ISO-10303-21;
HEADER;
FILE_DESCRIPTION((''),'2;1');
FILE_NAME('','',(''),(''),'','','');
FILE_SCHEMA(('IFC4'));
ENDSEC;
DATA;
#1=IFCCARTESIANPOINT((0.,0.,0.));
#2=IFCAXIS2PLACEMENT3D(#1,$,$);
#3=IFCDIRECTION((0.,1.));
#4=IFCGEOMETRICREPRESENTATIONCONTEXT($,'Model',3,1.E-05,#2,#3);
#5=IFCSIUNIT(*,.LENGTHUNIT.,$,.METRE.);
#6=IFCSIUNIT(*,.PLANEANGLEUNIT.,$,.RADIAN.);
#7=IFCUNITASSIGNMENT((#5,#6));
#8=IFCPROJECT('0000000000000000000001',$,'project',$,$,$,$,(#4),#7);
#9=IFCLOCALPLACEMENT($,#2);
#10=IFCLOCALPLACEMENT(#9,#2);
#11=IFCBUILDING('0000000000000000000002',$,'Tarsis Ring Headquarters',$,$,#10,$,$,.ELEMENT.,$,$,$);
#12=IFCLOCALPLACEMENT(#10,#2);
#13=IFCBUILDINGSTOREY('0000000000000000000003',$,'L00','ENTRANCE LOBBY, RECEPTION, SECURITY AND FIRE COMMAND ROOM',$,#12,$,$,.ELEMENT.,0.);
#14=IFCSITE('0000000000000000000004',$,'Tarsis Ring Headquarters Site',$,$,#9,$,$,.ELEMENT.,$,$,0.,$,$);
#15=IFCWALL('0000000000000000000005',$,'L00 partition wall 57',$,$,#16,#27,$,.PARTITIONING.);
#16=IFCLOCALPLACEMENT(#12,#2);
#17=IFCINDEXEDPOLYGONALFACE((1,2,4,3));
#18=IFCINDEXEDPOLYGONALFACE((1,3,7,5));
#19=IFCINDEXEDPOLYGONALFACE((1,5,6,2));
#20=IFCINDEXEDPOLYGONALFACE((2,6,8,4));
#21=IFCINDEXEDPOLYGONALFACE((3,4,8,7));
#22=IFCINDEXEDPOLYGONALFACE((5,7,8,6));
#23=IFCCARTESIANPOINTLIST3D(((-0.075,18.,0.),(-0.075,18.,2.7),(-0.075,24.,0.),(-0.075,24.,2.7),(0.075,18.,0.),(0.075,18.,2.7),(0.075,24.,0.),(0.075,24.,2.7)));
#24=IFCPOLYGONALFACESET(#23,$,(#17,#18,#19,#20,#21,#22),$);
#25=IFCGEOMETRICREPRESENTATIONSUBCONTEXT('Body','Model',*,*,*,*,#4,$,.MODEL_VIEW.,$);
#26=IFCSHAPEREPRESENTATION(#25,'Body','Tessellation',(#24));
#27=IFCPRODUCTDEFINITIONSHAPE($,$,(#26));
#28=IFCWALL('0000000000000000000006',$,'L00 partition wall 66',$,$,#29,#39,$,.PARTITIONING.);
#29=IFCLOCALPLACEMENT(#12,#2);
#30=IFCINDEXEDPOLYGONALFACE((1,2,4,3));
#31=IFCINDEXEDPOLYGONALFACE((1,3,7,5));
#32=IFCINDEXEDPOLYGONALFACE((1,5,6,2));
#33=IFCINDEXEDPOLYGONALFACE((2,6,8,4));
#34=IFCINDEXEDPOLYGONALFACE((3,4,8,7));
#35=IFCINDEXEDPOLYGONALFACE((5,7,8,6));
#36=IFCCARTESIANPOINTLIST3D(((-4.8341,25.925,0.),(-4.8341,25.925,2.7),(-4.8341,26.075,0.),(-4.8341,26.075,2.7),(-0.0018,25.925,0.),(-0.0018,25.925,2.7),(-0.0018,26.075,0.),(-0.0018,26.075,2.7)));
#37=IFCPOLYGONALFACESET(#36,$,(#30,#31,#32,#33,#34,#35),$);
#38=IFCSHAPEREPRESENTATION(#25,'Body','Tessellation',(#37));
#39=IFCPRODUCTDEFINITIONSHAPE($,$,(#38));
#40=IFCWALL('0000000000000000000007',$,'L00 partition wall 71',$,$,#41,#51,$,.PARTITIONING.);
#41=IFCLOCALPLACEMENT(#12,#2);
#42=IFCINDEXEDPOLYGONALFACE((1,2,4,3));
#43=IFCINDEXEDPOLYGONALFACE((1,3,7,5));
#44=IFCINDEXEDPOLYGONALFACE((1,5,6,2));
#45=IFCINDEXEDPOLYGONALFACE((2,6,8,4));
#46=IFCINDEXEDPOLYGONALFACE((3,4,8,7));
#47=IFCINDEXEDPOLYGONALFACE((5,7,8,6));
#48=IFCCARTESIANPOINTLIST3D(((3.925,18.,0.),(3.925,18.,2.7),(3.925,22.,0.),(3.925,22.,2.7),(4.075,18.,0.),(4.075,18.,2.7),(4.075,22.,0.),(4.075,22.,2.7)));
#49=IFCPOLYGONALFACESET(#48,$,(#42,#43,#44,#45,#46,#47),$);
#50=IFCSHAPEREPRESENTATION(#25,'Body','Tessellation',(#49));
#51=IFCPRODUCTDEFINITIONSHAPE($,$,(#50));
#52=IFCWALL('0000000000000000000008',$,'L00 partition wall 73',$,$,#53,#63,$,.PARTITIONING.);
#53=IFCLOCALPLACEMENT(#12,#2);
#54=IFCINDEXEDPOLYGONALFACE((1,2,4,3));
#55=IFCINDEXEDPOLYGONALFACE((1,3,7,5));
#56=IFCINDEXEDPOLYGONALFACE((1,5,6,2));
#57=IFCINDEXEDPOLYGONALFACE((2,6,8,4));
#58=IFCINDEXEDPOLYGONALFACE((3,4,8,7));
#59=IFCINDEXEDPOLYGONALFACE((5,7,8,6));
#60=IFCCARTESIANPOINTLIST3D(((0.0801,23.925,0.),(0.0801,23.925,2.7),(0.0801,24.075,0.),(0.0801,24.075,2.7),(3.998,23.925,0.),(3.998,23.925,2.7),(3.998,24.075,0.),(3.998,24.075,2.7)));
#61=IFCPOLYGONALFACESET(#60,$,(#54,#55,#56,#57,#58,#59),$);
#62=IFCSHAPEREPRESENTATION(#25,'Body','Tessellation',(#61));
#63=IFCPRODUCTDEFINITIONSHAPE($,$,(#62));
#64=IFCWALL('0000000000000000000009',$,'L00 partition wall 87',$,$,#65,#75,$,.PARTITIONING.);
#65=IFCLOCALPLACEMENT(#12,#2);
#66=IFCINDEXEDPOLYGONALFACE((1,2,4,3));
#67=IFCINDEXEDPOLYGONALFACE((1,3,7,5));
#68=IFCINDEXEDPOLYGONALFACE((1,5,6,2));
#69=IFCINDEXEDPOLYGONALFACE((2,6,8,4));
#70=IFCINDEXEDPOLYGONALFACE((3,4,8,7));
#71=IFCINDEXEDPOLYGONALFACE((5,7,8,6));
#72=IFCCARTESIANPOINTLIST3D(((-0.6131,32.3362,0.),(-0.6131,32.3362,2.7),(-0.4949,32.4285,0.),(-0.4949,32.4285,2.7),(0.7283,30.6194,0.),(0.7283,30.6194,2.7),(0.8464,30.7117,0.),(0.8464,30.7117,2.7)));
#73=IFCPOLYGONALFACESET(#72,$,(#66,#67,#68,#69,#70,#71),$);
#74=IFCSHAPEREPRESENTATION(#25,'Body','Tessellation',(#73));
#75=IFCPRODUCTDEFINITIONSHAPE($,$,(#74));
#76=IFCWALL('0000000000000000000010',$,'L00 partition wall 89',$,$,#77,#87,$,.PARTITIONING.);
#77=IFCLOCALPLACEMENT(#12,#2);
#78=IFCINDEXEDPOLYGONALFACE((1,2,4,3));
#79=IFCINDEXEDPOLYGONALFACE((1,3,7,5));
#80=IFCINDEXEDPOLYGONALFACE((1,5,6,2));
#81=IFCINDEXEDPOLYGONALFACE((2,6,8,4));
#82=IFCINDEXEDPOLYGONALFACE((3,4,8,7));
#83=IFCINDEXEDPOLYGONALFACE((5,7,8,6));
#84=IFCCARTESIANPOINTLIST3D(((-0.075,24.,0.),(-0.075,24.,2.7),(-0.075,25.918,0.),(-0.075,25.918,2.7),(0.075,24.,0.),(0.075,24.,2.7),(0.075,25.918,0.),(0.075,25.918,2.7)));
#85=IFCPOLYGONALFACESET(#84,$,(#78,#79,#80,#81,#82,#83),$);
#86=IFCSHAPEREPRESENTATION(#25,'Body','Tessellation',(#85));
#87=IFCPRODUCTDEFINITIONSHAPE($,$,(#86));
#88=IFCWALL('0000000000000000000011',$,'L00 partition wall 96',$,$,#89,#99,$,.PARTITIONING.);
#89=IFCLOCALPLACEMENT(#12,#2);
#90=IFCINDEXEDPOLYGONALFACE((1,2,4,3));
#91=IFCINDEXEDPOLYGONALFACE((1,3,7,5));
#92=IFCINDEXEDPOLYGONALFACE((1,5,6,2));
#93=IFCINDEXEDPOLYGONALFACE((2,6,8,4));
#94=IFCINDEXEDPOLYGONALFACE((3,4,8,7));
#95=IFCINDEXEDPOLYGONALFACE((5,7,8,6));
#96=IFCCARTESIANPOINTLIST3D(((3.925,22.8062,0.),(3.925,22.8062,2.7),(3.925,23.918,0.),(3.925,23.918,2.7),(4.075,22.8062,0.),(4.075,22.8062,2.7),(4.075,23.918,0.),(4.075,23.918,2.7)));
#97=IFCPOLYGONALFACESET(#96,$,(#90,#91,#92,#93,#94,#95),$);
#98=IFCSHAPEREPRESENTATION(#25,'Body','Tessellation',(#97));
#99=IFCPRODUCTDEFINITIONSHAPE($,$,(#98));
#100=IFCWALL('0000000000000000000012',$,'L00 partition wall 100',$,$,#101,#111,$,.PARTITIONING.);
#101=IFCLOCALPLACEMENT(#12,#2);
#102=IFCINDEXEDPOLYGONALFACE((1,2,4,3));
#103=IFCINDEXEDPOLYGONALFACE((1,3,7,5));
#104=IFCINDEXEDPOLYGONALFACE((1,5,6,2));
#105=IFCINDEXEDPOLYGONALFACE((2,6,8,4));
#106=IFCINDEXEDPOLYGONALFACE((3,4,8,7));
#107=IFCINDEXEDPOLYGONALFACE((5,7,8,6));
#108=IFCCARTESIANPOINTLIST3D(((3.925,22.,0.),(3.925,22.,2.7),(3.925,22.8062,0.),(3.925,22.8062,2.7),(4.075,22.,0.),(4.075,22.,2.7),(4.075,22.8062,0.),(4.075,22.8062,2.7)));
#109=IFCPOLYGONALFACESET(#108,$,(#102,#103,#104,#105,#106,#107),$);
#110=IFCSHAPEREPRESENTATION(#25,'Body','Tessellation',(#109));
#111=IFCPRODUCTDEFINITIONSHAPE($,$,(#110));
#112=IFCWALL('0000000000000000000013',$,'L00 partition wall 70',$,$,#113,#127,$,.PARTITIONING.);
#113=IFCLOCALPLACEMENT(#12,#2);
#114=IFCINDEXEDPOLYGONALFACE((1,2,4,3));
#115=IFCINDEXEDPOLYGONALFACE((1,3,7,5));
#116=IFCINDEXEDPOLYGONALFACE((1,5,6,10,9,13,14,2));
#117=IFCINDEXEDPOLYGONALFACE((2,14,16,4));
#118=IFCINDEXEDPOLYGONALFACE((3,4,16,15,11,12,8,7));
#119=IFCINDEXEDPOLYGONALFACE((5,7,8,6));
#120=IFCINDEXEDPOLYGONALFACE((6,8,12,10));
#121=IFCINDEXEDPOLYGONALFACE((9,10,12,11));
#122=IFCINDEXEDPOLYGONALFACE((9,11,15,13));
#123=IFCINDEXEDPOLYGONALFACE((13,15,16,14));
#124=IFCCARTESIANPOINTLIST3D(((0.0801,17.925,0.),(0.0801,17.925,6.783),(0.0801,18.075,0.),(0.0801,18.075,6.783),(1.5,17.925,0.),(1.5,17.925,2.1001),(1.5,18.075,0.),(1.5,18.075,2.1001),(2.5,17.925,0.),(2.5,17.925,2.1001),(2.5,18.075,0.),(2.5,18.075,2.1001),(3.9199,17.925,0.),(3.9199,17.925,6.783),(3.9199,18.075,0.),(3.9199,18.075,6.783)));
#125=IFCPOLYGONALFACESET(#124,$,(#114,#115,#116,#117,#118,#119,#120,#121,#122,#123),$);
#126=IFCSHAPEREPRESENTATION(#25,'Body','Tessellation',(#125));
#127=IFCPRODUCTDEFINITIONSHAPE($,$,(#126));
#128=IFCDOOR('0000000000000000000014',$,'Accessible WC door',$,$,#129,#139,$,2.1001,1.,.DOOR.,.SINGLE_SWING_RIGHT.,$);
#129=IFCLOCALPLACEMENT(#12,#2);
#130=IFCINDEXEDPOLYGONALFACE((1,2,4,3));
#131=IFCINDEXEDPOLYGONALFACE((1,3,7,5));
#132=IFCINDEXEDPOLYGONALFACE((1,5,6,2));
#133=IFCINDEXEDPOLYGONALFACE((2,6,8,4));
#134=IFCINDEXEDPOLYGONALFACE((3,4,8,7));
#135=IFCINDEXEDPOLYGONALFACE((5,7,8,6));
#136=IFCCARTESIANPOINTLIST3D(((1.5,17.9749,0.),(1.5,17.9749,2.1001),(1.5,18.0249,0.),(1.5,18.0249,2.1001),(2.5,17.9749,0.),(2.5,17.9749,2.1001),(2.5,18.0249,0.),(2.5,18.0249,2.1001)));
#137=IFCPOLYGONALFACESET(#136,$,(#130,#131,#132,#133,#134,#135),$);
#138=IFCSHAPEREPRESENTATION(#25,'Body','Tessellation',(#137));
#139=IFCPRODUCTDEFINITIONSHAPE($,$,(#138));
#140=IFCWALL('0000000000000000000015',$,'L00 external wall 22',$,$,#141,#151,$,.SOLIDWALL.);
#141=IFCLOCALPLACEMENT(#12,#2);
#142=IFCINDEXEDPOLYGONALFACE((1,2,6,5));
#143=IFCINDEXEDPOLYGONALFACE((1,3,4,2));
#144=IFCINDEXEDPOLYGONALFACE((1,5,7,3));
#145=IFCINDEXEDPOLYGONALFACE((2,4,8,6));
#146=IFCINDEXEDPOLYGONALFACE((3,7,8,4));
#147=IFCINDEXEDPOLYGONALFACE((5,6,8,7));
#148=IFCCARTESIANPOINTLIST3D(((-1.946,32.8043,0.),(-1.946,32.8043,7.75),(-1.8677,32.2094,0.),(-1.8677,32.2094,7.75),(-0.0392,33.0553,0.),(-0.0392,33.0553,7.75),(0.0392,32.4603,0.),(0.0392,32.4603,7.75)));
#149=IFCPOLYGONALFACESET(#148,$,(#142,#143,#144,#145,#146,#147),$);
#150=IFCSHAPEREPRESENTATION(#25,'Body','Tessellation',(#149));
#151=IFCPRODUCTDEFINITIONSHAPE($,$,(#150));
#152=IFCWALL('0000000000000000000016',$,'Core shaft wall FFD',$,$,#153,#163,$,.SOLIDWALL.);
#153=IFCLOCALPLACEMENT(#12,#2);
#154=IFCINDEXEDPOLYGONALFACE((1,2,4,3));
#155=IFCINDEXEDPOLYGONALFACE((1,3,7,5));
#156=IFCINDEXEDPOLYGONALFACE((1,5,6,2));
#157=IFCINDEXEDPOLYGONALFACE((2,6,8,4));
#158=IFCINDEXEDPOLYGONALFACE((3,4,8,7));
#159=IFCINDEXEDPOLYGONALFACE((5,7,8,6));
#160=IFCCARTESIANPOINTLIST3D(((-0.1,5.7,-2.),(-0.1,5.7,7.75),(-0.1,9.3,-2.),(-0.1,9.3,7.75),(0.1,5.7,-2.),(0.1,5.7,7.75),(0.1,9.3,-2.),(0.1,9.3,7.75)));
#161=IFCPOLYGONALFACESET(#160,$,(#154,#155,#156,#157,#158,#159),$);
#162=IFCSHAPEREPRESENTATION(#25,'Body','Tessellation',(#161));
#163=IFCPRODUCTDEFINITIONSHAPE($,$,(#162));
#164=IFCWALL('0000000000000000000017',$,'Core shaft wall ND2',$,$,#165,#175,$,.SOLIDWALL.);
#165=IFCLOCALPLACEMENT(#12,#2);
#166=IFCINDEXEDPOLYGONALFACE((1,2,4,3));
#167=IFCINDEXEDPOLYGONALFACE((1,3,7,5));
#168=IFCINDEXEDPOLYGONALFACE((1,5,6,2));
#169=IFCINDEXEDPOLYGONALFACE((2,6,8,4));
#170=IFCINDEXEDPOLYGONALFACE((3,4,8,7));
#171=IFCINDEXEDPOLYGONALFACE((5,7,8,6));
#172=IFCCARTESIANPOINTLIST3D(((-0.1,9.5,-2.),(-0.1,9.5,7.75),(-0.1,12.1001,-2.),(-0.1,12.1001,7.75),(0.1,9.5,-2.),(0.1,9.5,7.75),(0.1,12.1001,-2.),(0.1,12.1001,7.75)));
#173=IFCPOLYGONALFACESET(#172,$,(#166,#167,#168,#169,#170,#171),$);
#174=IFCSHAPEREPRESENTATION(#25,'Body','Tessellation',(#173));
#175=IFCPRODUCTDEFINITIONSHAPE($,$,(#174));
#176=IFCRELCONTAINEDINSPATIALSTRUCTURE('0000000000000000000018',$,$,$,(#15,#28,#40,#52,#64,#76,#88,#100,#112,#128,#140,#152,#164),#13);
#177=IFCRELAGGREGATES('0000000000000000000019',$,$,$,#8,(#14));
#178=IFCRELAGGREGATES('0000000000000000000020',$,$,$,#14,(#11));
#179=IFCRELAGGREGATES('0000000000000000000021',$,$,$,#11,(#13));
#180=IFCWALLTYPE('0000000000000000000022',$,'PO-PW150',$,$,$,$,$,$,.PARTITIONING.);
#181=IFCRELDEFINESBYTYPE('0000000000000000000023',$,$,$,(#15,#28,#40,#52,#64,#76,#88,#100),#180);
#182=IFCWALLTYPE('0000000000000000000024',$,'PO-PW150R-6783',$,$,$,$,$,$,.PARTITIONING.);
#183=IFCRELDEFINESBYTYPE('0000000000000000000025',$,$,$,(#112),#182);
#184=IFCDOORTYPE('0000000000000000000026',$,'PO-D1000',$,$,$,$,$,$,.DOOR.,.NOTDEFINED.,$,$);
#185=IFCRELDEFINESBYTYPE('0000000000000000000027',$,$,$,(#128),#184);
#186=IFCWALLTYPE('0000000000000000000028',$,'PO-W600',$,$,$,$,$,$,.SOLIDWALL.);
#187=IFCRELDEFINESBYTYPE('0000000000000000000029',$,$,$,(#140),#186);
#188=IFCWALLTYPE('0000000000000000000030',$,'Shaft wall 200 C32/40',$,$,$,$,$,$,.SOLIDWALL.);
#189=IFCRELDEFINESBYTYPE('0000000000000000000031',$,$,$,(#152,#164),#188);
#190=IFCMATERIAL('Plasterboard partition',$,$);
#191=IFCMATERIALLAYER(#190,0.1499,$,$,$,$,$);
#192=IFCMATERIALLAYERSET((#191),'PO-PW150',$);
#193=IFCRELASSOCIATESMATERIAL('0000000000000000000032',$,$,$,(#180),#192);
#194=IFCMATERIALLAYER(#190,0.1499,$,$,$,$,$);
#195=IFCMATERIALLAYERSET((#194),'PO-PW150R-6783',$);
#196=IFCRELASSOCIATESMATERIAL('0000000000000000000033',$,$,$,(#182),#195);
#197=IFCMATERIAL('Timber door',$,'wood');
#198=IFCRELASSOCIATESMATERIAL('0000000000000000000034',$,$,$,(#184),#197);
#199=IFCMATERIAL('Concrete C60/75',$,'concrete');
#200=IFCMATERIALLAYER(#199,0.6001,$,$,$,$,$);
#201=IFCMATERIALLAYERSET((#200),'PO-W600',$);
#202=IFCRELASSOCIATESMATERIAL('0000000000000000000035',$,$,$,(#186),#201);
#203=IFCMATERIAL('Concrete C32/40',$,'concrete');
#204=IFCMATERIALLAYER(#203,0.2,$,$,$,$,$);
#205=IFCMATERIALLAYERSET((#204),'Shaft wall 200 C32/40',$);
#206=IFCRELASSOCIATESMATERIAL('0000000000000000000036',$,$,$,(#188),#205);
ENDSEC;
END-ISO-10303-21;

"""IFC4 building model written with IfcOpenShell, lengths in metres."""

from ifc_helpers import new_model, si_unit, direction, frame, frame_2d, origin, place, context, subcontext, project, spatial, rectangle, extrude, material, layer, layer_set, type_object, element, fill, save


model = new_model("IFC4")

# Units and contexts
model_context = context("Model", 3, precision=1e-05, world=origin(), true_north=direction((0.0, 1.0)))
body_context = subcontext(model_context, "Body", "Model", "MODEL_VIEW")
ifc_project = project(units=[si_unit("LENGTHUNIT", "METRE"), si_unit("PLANEANGLEUNIT", "RADIAN")], contexts=[model_context])

# Site, building, storey
site_placement = place(None, origin())
site = spatial("IfcSite", under=ifc_project, at=site_placement, Name="Tarsis Ring Headquarters Site", CompositionType="ELEMENT", RefElevation=0.0)
building_placement = place(site_placement, origin())
building = spatial("IfcBuilding", under=site, at=building_placement, Name="Tarsis Ring Headquarters", CompositionType="ELEMENT")
storey_placement = place(building_placement, origin())
storey = spatial("IfcBuildingStorey", under=building, at=storey_placement, Name="L00", Description="ENTRANCE LOBBY, RECEPTION, SECURITY AND FIRE COMMAND ROOM", CompositionType="ELEMENT", Elevation=0.0)

# Shared definitions
ifc_material_1 = material(Name="Concrete C60/75", Category="concrete")

# Walls
ifc_material_2 = material(Name="Plasterboard partition")
ifc_layer_1 = layer(ifc_material_2, 0.1499)
ifc_layer_set_1 = layer_set([ifc_layer_1], Name="PO-PW150")
wall_type_1 = type_object("IfcWallType", Name="PO-PW150", PredefinedType="PARTITIONING", material=ifc_layer_set_1)
wall_1_placement = place(storey_placement, frame((0.0, 18.0, 0.0), z_axis=(0.0, 0.0, 1.0), x_axis=(0.0, 1.0, 0.0)))
element("IfcWall", 1, at=wall_1_placement, inside=storey, type_object=wall_type_1, Name="L00 partition wall 57", PredefinedType="PARTITIONING", context=body_context, shape_type="SweptSolid", body=[
    extrude(rectangle(XDim=6.0, YDim=0.1499, at=frame_2d((3.0, 0.0))), origin(), (0.0, 0.0, 1.0), 2.7),
])
wall_2_placement = place(storey_placement, frame((-0.002, 26.0, 0.0), z_axis=(0.0, 0.0, 1.0), x_axis=(-1.0, 0.0, 0.0)))
element("IfcWall", 2, at=wall_2_placement, inside=storey, type_object=wall_type_1, Name="L00 partition wall 66", PredefinedType="PARTITIONING", context=body_context, shape_type="SweptSolid", body=[
    extrude(rectangle(XDim=4.8323, YDim=0.1499, at=frame_2d((2.416, 0.0))), origin(), (0.0, 0.0, 1.0), 2.7),
])
wall_3_placement = place(storey_placement, frame((4.0, 18.0, 0.0), z_axis=(0.0, 0.0, 1.0), x_axis=(0.0, 1.0, 0.0)))
element("IfcWall", 3, at=wall_3_placement, inside=storey, type_object=wall_type_1, Name="L00 partition wall 71", PredefinedType="PARTITIONING", context=body_context, shape_type="SweptSolid", body=[
    extrude(rectangle(XDim=4.0, YDim=0.1499, at=frame_2d((2.0, 0.0))), origin(), (0.0, 0.0, 1.0), 2.7),
])
wall_4_placement = place(storey_placement, frame((0.0801, 24.0, 0.0), z_axis=(0.0, 0.0, 1.0), x_axis=(1.0, 0.0, 0.0)))
element("IfcWall", 4, at=wall_4_placement, inside=storey, type_object=wall_type_1, Name="L00 partition wall 73", PredefinedType="PARTITIONING", context=body_context, shape_type="SweptSolid", body=[
    extrude(rectangle(XDim=3.918, YDim=0.1499, at=frame_2d((1.959, 0.0))), origin(), (0.0, 0.0, 1.0), 2.7),
])
wall_5_placement = place(storey_placement, frame((0.7874, 30.6655, 0.0), z_axis=(0.0, 0.0, 1.0), x_axis=(-0.615661, 0.788011, 0.0)))
element("IfcWall", 5, at=wall_5_placement, inside=storey, type_object=wall_type_1, Name="L00 partition wall 87", PredefinedType="PARTITIONING", context=body_context, shape_type="SweptSolid", body=[
    extrude(rectangle(XDim=2.1787, YDim=0.1499, at=frame_2d((1.0894, 0.0))), origin(), (0.0, 0.0, 1.0), 2.7),
])
wall_6_placement = place(storey_placement, frame((0.0, 24.0, 0.0), z_axis=(0.0, 0.0, 1.0), x_axis=(0.0, 1.0, 0.0)))
element("IfcWall", 6, at=wall_6_placement, inside=storey, type_object=wall_type_1, Name="L00 partition wall 89", PredefinedType="PARTITIONING", context=body_context, shape_type="SweptSolid", body=[
    extrude(rectangle(XDim=1.918, YDim=0.1499, at=frame_2d((0.959, 0.0))), origin(), (0.0, 0.0, 1.0), 2.7),
])
wall_7_placement = place(storey_placement, frame((4.0, 22.8062, 0.0), z_axis=(0.0, 0.0, 1.0), x_axis=(0.0, 1.0, 0.0)))
element("IfcWall", 7, at=wall_7_placement, inside=storey, type_object=wall_type_1, Name="L00 partition wall 96", PredefinedType="PARTITIONING", context=body_context, shape_type="SweptSolid", body=[
    extrude(rectangle(XDim=1.1118, YDim=0.1499, at=frame_2d((0.5559, 0.0))), origin(), (0.0, 0.0, 1.0), 2.7),
])
wall_8_placement = place(storey_placement, frame((4.0, 22.0, 0.0), z_axis=(0.0, 0.0, 1.0), x_axis=(0.0, 1.0, 0.0)))
element("IfcWall", 8, at=wall_8_placement, inside=storey, type_object=wall_type_1, Name="L00 partition wall 100", PredefinedType="PARTITIONING", context=body_context, shape_type="SweptSolid", body=[
    extrude(rectangle(XDim=0.8062, YDim=0.1499, at=frame_2d((0.4031, 0.0))), origin(), (0.0, 0.0, 1.0), 2.7),
])

# Wall, opening, door
ifc_layer_2 = layer(ifc_material_2, 0.1499)
ifc_layer_set_2 = layer_set([ifc_layer_2], Name="PO-PW150R-6783")
wall_type_2 = type_object("IfcWallType", Name="PO-PW150R-6783", PredefinedType="PARTITIONING", material=ifc_layer_set_2)
wall_9_placement = place(storey_placement, frame((0.0801, 18.0, 0.0), z_axis=(0.0, 0.0, 1.0), x_axis=(1.0, 0.0, 0.0)))
wall_9 = element("IfcWall", 9, at=wall_9_placement, inside=storey, type_object=wall_type_2, Name="L00 partition wall 70", PredefinedType="PARTITIONING", context=body_context, shape_type="SweptSolid", body=[
    extrude(rectangle(XDim=3.8398, YDim=0.1499, at=frame_2d((1.9199, 0.0))), origin(), (0.0, 0.0, 1.0), 6.783),
])
opening_placement = place(wall_9_placement, frame((1.4199, 0.0, 0.0)))
opening = element("IfcOpeningElement", 10, at=opening_placement, cuts=wall_9, PredefinedType="OPENING", context=body_context, shape_type="SweptSolid", body=[
    extrude(rectangle(XDim=1.0, YDim=2.1001, at=frame_2d((0.5, 1.05))), frame((0.0, 0.085, 0.0), z_axis=(0.0, -1.0, 0.0), x_axis=(1.0, 0.0, 0.0)), (0.0, 0.0, 1.0), 0.1699),
])
ifc_material_3 = material(Name="Timber door", Category="wood")
door_type = type_object("IfcDoorType", Name="PO-D1000", OperationType="NOTDEFINED", PredefinedType="DOOR", material=ifc_material_3)
door_placement = place(opening_placement, origin())
door = element("IfcDoor", 11, at=door_placement, inside=storey, type_object=door_type, Name="Accessible WC door", OperationType="SINGLE_SWING_RIGHT", OverallHeight=2.1001, OverallWidth=1.0, PredefinedType="DOOR", context=body_context, shape_type="SweptSolid", body=[
    extrude(rectangle(XDim=1.0, YDim=2.1001, at=frame_2d((0.5, 1.05))), frame((0.0, 0.0249, 0.0), z_axis=(0.0, -1.0, 0.0), x_axis=(1.0, 0.0, 0.0)), (0.0, 0.0, 1.0), 0.05),
])
fill(opening, door)

# Walls
ifc_layer_3 = layer(ifc_material_1, 0.6001)
ifc_layer_set_3 = layer_set([ifc_layer_3], Name="PO-W600")
wall_type_3 = type_object("IfcWallType", Name="PO-W600", PredefinedType="SOLIDWALL", material=ifc_layer_set_3)
wall_10_placement = place(storey_placement, frame((0.0, 32.7578, 0.0), z_axis=(0.0, 0.0, 1.0), x_axis=(-0.99145, -0.130484, 0.0)))
element("IfcWall", 12, at=wall_10_placement, inside=storey, type_object=wall_type_3, Name="L00 external wall 22", PredefinedType="SOLIDWALL", context=body_context, shape_type="SweptSolid", body=[
    extrude(rectangle(XDim=1.9233, YDim=0.6001, at=frame_2d((0.9617, 0.0))), origin(), (0.0, 0.0, 1.0), 7.75),
])
ifc_material_4 = material(Name="Concrete C32/40", Category="concrete")
ifc_layer_4 = layer(ifc_material_4, 0.2)
ifc_layer_set_4 = layer_set([ifc_layer_4], Name="Shaft wall 200 C32/40")
wall_type_4 = type_object("IfcWallType", Name="Shaft wall 200 C32/40", PredefinedType="SOLIDWALL", material=ifc_layer_set_4)
wall_11_placement = place(storey_placement, frame((0.0, 5.7, -2.0), z_axis=(0.0, 0.0, 1.0), x_axis=(0.0, 1.0, 0.0)))
element("IfcWall", 13, at=wall_11_placement, inside=storey, type_object=wall_type_4, Name="Core shaft wall FFD", PredefinedType="SOLIDWALL", context=body_context, shape_type="SweptSolid", body=[
    extrude(rectangle(XDim=3.6001, YDim=0.2, at=frame_2d((1.8, 0.0))), origin(), (0.0, 0.0, 1.0), 9.75),
])
wall_12_placement = place(storey_placement, frame((0.0, 9.5, -2.0), z_axis=(0.0, 0.0, 1.0), x_axis=(0.0, 1.0, 0.0)))
element("IfcWall", 14, at=wall_12_placement, inside=storey, type_object=wall_type_4, Name="Core shaft wall ND2", PredefinedType="SOLIDWALL", context=body_context, shape_type="SweptSolid", body=[
    extrude(rectangle(XDim=2.6001, YDim=0.2, at=frame_2d((1.3, 0.0))), origin(), (0.0, 0.0, 1.0), 9.75),
])

save(model, "model.ifc")
